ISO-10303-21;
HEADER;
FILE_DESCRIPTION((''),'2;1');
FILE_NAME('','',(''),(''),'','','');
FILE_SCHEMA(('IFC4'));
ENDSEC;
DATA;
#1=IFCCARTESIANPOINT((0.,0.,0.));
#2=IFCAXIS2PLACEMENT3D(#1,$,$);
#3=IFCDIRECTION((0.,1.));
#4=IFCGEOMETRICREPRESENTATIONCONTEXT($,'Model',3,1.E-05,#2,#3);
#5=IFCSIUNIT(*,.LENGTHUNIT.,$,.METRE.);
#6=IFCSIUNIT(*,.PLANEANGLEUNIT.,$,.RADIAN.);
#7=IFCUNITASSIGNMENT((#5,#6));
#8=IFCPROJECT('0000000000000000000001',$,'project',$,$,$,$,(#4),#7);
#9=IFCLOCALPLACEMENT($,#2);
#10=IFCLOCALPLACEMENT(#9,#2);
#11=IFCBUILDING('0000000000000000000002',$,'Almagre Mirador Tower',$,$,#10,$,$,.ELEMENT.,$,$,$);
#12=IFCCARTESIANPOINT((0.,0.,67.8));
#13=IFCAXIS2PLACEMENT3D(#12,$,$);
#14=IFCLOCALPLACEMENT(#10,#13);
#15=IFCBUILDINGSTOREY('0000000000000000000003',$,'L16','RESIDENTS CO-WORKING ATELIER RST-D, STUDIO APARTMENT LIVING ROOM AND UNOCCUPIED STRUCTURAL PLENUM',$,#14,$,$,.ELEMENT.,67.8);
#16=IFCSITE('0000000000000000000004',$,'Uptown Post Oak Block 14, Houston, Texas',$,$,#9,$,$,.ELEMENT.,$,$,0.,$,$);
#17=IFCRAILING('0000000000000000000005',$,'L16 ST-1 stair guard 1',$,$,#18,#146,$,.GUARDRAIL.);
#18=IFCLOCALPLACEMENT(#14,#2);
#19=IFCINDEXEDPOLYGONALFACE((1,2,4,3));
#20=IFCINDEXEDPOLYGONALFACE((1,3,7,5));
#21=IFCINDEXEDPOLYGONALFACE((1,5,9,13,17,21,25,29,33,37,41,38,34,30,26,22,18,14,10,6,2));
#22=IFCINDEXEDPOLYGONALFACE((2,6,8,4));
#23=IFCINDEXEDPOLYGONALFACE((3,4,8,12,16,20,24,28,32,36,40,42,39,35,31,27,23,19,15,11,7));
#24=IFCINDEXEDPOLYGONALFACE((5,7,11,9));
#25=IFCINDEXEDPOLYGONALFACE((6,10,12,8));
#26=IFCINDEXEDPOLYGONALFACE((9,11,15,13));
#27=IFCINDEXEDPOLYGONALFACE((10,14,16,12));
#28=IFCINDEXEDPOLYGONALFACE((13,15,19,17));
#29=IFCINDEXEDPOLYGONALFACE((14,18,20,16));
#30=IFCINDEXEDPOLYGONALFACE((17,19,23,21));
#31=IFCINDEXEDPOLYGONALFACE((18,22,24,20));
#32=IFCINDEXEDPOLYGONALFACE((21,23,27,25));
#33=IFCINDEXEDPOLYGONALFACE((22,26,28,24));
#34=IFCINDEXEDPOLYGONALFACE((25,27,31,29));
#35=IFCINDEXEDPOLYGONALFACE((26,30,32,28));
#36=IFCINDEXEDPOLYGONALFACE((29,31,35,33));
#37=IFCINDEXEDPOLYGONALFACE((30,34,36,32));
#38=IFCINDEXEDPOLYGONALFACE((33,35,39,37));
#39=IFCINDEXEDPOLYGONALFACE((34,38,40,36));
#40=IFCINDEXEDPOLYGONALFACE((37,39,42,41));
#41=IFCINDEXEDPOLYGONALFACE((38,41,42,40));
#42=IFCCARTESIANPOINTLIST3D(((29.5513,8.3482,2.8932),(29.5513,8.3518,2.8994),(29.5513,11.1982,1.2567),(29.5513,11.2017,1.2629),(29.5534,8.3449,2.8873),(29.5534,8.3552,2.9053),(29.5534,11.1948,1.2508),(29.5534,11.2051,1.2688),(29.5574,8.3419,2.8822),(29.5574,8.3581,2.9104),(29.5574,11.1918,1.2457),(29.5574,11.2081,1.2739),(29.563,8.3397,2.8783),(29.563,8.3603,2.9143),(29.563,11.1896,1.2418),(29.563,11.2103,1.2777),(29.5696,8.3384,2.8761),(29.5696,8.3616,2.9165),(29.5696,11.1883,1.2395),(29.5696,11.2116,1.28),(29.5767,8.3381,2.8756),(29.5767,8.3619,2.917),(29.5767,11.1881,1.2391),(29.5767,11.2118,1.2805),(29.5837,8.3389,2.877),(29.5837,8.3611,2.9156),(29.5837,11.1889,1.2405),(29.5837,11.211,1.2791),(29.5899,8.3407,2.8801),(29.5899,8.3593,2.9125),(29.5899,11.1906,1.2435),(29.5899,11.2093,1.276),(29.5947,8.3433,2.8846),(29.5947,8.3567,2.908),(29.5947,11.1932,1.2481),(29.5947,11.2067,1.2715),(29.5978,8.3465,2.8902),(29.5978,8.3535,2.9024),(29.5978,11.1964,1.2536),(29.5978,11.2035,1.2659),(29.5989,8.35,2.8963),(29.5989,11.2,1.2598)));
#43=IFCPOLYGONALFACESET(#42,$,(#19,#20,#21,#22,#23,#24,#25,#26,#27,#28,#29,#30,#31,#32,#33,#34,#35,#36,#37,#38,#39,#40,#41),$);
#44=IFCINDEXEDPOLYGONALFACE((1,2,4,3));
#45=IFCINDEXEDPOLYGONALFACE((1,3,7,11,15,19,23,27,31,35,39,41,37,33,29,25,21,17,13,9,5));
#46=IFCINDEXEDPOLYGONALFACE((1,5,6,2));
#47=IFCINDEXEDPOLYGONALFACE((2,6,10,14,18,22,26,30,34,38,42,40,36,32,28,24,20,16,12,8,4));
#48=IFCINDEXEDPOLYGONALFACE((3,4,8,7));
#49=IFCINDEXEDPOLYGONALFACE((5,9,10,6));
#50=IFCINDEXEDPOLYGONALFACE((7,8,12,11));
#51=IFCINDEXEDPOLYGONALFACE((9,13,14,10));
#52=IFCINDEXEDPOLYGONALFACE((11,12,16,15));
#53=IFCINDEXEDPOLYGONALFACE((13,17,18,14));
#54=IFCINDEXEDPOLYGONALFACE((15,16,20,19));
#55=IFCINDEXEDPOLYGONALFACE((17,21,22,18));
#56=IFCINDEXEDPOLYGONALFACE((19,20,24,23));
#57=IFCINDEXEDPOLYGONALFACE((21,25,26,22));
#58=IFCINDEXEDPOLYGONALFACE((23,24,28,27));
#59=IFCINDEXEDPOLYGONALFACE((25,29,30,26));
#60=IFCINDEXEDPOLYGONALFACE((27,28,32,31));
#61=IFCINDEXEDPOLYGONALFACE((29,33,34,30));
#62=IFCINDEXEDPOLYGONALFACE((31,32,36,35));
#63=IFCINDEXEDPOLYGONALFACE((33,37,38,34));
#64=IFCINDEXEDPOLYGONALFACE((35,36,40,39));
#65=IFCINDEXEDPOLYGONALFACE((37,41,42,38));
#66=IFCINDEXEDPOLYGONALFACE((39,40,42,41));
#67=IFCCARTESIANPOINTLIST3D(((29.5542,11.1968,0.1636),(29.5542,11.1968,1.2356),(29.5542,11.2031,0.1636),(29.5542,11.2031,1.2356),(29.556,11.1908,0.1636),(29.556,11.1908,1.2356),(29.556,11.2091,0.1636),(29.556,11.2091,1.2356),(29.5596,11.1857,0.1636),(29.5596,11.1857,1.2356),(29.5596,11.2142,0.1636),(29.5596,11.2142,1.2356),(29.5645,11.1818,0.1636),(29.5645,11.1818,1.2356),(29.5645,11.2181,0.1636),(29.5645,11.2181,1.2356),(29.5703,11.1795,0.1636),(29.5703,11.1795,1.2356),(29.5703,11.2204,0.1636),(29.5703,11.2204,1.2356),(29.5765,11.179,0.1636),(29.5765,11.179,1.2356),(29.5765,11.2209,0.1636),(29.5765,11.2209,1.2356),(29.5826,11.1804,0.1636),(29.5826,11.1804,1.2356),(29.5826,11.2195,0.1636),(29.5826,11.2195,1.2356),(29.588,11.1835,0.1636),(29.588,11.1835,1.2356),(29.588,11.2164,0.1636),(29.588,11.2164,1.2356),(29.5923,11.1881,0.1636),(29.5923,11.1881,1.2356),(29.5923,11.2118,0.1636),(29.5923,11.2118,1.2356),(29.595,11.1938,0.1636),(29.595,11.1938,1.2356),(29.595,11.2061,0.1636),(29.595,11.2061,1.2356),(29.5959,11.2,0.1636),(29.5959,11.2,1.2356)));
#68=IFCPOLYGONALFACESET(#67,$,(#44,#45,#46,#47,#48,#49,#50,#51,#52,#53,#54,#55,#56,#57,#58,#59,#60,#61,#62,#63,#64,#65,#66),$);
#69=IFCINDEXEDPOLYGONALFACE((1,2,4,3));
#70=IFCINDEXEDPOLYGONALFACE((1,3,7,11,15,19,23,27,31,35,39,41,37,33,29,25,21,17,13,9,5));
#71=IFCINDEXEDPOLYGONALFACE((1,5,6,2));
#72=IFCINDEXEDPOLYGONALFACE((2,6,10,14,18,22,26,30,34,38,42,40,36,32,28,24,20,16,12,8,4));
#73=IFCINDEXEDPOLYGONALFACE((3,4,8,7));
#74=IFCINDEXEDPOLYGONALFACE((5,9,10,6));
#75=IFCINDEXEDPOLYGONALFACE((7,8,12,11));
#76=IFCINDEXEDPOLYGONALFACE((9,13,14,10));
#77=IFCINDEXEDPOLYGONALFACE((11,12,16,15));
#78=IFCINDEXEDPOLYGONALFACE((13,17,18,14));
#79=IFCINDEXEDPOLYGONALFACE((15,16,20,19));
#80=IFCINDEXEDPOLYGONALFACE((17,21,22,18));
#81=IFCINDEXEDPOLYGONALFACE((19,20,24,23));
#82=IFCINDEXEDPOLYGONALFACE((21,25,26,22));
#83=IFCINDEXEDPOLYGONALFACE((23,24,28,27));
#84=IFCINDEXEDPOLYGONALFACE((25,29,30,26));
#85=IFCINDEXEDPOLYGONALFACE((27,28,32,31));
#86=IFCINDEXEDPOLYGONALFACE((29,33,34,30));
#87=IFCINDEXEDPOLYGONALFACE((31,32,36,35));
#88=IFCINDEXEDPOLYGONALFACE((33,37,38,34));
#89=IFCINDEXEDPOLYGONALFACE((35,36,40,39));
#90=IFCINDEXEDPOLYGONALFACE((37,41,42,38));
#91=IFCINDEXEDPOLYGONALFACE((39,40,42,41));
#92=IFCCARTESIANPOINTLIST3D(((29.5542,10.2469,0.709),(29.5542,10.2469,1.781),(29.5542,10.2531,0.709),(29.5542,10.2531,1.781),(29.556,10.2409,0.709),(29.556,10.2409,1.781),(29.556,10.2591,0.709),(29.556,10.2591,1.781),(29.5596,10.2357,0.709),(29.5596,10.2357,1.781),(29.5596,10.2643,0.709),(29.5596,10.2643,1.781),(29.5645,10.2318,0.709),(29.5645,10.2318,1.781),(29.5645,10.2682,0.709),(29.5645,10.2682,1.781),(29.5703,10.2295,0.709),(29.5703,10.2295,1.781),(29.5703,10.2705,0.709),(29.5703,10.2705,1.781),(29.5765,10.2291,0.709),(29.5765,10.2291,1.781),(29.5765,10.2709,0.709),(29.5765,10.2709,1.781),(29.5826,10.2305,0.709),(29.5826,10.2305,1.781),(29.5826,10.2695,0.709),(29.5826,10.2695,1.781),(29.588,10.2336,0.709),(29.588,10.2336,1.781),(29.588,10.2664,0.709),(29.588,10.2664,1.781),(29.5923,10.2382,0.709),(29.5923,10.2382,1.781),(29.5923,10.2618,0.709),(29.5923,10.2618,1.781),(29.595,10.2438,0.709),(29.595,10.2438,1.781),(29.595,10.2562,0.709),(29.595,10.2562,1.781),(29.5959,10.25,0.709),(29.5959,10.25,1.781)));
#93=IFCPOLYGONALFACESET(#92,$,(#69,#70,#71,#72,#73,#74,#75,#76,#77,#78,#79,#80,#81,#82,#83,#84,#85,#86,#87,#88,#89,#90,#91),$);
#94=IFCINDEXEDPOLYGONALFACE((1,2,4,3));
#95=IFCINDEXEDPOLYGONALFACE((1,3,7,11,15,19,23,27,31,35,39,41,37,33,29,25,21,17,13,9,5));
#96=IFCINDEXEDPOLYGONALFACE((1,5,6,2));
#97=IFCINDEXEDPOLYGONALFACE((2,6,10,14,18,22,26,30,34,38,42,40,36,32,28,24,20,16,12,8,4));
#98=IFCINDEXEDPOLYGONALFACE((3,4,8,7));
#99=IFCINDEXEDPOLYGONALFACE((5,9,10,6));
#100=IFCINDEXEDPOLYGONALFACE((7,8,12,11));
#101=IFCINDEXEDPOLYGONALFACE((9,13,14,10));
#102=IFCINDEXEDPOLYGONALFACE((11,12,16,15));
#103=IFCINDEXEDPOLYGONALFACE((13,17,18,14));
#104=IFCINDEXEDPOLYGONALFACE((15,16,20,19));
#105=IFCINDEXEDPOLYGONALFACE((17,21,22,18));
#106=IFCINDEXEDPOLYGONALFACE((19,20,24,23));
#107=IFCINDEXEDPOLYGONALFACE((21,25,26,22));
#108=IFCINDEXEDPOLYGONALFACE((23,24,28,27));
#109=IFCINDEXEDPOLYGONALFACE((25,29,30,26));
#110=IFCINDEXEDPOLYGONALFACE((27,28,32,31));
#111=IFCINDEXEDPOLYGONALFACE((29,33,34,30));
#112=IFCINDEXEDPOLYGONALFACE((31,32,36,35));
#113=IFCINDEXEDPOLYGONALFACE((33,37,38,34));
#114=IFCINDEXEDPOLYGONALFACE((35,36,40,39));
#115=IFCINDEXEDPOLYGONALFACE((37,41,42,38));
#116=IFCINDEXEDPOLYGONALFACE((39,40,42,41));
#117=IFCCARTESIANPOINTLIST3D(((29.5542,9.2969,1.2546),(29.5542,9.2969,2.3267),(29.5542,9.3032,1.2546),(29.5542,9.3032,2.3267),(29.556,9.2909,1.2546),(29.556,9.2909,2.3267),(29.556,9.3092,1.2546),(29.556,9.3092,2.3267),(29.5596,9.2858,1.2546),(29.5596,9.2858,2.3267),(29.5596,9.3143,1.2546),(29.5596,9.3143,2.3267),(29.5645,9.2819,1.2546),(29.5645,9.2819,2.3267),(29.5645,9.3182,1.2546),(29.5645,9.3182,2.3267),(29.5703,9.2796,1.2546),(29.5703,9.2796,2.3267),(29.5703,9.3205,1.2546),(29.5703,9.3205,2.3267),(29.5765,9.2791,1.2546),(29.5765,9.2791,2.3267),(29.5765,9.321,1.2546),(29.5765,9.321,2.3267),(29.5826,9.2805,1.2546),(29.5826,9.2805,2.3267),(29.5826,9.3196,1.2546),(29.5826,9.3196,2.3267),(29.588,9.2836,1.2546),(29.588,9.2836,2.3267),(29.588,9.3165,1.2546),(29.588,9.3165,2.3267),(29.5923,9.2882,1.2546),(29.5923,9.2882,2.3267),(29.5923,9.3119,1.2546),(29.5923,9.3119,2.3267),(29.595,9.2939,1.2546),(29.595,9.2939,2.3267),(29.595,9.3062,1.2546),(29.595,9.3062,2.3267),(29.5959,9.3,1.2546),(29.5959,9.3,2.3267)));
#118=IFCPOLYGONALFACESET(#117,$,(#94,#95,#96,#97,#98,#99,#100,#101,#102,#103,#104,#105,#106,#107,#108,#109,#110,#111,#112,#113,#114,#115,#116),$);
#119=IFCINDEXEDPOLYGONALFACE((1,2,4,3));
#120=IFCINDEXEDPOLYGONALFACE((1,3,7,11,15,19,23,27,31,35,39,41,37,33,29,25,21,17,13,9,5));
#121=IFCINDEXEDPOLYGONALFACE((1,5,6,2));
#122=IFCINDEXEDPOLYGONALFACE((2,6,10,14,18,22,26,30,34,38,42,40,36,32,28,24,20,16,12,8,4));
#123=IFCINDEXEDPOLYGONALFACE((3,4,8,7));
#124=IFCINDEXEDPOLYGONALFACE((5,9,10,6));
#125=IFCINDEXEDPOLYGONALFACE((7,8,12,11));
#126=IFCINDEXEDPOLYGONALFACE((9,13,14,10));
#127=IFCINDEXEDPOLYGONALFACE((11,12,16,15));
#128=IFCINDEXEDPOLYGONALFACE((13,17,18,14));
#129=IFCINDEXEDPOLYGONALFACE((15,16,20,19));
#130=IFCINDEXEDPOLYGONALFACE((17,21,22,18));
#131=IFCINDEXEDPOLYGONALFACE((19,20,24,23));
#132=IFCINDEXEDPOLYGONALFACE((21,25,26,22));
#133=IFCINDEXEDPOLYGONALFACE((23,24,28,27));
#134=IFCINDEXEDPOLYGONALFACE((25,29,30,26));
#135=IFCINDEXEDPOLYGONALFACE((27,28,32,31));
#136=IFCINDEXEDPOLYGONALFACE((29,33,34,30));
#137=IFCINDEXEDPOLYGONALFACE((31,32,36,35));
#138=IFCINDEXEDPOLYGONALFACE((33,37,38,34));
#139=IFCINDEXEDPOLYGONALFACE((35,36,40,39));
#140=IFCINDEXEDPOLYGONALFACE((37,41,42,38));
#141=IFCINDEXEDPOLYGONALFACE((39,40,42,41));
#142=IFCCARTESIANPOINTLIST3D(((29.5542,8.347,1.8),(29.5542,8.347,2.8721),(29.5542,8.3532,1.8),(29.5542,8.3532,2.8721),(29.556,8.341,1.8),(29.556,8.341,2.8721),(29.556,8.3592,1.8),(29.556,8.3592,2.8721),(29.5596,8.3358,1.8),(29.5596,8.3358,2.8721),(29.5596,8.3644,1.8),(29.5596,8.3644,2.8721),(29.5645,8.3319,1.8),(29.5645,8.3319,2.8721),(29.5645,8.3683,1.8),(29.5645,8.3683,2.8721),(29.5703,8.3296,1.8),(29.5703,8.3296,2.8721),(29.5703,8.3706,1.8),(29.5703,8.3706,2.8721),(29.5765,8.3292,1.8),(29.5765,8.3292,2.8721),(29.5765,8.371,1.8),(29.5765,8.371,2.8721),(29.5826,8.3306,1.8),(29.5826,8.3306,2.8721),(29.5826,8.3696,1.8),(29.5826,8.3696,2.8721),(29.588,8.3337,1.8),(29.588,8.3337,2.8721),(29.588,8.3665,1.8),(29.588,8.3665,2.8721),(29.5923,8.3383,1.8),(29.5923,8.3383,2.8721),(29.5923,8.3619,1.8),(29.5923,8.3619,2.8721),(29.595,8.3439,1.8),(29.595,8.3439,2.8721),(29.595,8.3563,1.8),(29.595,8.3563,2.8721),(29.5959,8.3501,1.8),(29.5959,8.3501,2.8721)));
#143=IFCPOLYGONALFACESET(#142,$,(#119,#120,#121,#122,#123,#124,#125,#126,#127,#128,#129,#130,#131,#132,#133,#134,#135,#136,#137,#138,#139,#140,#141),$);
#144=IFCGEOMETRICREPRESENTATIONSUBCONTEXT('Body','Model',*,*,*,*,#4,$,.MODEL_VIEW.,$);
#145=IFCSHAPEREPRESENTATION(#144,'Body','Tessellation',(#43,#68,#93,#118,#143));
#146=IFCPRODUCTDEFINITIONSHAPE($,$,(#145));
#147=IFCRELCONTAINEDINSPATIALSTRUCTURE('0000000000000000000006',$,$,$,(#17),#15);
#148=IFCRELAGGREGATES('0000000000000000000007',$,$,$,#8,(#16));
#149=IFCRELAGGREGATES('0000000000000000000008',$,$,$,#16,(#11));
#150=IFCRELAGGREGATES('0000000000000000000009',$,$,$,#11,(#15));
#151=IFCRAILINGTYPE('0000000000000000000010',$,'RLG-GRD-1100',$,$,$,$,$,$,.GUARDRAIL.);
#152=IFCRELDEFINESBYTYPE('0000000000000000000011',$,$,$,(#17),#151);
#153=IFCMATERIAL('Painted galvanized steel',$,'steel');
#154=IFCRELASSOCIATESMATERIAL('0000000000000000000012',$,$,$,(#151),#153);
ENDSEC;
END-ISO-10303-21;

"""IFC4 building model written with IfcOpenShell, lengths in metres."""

from ifc_helpers import new_model, si_unit, direction, frame, origin, origin_2d, place, context, subcontext, project, spatial, circle, extrude, material, type_object, element, save


model = new_model("IFC4")

# Units and contexts
model_context = context("Model", 3, precision=1e-05, world=origin(), true_north=direction((0.0, 1.0)))
body_context = subcontext(model_context, "Body", "Model", "MODEL_VIEW")
ifc_project = project(units=[si_unit("LENGTHUNIT", "METRE"), si_unit("PLANEANGLEUNIT", "RADIAN")], contexts=[model_context])

# Site, building, storey
site_placement = place(None, origin())
site = spatial("IfcSite", under=ifc_project, at=site_placement, Name="Uptown Post Oak Block 14, Houston, Texas", CompositionType="ELEMENT", RefElevation=0.0)
building_placement = place(site_placement, origin())
building = spatial("IfcBuilding", under=site, at=building_placement, Name="Almagre Mirador Tower", CompositionType="ELEMENT")
storey_placement = place(building_placement, frame((0.0, 0.0, 67.8)))
storey = spatial("IfcBuildingStorey", under=building, at=storey_placement, Name="L16", Description="RESIDENTS CO-WORKING ATELIER RST-D, STUDIO APARTMENT LIVING ROOM AND UNOCCUPIED STRUCTURAL PLENUM", CompositionType="ELEMENT", Elevation=67.8)

# Railing
ifc_material_1 = material(Name="Painted galvanized steel", Category="steel")
railing_type_1 = type_object("IfcRailingType", Name="RLG-GRD-1100", PredefinedType="GUARDRAIL", material=ifc_material_1)
railing_1_placement = place(storey_placement, frame((29.575, 11.2, 0.1636)))
element("IfcRailing", 1, at=railing_1_placement, inside=storey, type_object=railing_type_1, Name="L16 ST-1 stair guard 1", PredefinedType="GUARDRAIL", context=body_context, shape_type="SweptSolid", body=[
    extrude(circle(Radius=0.0239, at=origin_2d()), frame((0.0, 0.0, 1.0962), z_axis=(0.0, -0.867194, 0.49797), x_axis=(1.0, 0.0, 0.0)), (0.0, 0.0, 1.0), 3.2864),
    extrude(circle(Radius=0.021, at=origin_2d()), origin(), (0.0, 0.0, 1.0), 1.072),
    extrude(circle(Radius=0.021, at=origin_2d()), frame((0.0, -0.95, 0.5454)), (0.0, 0.0, 1.0), 1.072),
    extrude(circle(Radius=0.021, at=origin_2d()), frame((0.0, -1.8999, 1.0911)), (0.0, 0.0, 1.0), 1.072),
    extrude(circle(Radius=0.021, at=origin_2d()), frame((0.0, -2.8499, 1.6365)), (0.0, 0.0, 1.0), 1.072),
])

save(model, "model.ifc")
